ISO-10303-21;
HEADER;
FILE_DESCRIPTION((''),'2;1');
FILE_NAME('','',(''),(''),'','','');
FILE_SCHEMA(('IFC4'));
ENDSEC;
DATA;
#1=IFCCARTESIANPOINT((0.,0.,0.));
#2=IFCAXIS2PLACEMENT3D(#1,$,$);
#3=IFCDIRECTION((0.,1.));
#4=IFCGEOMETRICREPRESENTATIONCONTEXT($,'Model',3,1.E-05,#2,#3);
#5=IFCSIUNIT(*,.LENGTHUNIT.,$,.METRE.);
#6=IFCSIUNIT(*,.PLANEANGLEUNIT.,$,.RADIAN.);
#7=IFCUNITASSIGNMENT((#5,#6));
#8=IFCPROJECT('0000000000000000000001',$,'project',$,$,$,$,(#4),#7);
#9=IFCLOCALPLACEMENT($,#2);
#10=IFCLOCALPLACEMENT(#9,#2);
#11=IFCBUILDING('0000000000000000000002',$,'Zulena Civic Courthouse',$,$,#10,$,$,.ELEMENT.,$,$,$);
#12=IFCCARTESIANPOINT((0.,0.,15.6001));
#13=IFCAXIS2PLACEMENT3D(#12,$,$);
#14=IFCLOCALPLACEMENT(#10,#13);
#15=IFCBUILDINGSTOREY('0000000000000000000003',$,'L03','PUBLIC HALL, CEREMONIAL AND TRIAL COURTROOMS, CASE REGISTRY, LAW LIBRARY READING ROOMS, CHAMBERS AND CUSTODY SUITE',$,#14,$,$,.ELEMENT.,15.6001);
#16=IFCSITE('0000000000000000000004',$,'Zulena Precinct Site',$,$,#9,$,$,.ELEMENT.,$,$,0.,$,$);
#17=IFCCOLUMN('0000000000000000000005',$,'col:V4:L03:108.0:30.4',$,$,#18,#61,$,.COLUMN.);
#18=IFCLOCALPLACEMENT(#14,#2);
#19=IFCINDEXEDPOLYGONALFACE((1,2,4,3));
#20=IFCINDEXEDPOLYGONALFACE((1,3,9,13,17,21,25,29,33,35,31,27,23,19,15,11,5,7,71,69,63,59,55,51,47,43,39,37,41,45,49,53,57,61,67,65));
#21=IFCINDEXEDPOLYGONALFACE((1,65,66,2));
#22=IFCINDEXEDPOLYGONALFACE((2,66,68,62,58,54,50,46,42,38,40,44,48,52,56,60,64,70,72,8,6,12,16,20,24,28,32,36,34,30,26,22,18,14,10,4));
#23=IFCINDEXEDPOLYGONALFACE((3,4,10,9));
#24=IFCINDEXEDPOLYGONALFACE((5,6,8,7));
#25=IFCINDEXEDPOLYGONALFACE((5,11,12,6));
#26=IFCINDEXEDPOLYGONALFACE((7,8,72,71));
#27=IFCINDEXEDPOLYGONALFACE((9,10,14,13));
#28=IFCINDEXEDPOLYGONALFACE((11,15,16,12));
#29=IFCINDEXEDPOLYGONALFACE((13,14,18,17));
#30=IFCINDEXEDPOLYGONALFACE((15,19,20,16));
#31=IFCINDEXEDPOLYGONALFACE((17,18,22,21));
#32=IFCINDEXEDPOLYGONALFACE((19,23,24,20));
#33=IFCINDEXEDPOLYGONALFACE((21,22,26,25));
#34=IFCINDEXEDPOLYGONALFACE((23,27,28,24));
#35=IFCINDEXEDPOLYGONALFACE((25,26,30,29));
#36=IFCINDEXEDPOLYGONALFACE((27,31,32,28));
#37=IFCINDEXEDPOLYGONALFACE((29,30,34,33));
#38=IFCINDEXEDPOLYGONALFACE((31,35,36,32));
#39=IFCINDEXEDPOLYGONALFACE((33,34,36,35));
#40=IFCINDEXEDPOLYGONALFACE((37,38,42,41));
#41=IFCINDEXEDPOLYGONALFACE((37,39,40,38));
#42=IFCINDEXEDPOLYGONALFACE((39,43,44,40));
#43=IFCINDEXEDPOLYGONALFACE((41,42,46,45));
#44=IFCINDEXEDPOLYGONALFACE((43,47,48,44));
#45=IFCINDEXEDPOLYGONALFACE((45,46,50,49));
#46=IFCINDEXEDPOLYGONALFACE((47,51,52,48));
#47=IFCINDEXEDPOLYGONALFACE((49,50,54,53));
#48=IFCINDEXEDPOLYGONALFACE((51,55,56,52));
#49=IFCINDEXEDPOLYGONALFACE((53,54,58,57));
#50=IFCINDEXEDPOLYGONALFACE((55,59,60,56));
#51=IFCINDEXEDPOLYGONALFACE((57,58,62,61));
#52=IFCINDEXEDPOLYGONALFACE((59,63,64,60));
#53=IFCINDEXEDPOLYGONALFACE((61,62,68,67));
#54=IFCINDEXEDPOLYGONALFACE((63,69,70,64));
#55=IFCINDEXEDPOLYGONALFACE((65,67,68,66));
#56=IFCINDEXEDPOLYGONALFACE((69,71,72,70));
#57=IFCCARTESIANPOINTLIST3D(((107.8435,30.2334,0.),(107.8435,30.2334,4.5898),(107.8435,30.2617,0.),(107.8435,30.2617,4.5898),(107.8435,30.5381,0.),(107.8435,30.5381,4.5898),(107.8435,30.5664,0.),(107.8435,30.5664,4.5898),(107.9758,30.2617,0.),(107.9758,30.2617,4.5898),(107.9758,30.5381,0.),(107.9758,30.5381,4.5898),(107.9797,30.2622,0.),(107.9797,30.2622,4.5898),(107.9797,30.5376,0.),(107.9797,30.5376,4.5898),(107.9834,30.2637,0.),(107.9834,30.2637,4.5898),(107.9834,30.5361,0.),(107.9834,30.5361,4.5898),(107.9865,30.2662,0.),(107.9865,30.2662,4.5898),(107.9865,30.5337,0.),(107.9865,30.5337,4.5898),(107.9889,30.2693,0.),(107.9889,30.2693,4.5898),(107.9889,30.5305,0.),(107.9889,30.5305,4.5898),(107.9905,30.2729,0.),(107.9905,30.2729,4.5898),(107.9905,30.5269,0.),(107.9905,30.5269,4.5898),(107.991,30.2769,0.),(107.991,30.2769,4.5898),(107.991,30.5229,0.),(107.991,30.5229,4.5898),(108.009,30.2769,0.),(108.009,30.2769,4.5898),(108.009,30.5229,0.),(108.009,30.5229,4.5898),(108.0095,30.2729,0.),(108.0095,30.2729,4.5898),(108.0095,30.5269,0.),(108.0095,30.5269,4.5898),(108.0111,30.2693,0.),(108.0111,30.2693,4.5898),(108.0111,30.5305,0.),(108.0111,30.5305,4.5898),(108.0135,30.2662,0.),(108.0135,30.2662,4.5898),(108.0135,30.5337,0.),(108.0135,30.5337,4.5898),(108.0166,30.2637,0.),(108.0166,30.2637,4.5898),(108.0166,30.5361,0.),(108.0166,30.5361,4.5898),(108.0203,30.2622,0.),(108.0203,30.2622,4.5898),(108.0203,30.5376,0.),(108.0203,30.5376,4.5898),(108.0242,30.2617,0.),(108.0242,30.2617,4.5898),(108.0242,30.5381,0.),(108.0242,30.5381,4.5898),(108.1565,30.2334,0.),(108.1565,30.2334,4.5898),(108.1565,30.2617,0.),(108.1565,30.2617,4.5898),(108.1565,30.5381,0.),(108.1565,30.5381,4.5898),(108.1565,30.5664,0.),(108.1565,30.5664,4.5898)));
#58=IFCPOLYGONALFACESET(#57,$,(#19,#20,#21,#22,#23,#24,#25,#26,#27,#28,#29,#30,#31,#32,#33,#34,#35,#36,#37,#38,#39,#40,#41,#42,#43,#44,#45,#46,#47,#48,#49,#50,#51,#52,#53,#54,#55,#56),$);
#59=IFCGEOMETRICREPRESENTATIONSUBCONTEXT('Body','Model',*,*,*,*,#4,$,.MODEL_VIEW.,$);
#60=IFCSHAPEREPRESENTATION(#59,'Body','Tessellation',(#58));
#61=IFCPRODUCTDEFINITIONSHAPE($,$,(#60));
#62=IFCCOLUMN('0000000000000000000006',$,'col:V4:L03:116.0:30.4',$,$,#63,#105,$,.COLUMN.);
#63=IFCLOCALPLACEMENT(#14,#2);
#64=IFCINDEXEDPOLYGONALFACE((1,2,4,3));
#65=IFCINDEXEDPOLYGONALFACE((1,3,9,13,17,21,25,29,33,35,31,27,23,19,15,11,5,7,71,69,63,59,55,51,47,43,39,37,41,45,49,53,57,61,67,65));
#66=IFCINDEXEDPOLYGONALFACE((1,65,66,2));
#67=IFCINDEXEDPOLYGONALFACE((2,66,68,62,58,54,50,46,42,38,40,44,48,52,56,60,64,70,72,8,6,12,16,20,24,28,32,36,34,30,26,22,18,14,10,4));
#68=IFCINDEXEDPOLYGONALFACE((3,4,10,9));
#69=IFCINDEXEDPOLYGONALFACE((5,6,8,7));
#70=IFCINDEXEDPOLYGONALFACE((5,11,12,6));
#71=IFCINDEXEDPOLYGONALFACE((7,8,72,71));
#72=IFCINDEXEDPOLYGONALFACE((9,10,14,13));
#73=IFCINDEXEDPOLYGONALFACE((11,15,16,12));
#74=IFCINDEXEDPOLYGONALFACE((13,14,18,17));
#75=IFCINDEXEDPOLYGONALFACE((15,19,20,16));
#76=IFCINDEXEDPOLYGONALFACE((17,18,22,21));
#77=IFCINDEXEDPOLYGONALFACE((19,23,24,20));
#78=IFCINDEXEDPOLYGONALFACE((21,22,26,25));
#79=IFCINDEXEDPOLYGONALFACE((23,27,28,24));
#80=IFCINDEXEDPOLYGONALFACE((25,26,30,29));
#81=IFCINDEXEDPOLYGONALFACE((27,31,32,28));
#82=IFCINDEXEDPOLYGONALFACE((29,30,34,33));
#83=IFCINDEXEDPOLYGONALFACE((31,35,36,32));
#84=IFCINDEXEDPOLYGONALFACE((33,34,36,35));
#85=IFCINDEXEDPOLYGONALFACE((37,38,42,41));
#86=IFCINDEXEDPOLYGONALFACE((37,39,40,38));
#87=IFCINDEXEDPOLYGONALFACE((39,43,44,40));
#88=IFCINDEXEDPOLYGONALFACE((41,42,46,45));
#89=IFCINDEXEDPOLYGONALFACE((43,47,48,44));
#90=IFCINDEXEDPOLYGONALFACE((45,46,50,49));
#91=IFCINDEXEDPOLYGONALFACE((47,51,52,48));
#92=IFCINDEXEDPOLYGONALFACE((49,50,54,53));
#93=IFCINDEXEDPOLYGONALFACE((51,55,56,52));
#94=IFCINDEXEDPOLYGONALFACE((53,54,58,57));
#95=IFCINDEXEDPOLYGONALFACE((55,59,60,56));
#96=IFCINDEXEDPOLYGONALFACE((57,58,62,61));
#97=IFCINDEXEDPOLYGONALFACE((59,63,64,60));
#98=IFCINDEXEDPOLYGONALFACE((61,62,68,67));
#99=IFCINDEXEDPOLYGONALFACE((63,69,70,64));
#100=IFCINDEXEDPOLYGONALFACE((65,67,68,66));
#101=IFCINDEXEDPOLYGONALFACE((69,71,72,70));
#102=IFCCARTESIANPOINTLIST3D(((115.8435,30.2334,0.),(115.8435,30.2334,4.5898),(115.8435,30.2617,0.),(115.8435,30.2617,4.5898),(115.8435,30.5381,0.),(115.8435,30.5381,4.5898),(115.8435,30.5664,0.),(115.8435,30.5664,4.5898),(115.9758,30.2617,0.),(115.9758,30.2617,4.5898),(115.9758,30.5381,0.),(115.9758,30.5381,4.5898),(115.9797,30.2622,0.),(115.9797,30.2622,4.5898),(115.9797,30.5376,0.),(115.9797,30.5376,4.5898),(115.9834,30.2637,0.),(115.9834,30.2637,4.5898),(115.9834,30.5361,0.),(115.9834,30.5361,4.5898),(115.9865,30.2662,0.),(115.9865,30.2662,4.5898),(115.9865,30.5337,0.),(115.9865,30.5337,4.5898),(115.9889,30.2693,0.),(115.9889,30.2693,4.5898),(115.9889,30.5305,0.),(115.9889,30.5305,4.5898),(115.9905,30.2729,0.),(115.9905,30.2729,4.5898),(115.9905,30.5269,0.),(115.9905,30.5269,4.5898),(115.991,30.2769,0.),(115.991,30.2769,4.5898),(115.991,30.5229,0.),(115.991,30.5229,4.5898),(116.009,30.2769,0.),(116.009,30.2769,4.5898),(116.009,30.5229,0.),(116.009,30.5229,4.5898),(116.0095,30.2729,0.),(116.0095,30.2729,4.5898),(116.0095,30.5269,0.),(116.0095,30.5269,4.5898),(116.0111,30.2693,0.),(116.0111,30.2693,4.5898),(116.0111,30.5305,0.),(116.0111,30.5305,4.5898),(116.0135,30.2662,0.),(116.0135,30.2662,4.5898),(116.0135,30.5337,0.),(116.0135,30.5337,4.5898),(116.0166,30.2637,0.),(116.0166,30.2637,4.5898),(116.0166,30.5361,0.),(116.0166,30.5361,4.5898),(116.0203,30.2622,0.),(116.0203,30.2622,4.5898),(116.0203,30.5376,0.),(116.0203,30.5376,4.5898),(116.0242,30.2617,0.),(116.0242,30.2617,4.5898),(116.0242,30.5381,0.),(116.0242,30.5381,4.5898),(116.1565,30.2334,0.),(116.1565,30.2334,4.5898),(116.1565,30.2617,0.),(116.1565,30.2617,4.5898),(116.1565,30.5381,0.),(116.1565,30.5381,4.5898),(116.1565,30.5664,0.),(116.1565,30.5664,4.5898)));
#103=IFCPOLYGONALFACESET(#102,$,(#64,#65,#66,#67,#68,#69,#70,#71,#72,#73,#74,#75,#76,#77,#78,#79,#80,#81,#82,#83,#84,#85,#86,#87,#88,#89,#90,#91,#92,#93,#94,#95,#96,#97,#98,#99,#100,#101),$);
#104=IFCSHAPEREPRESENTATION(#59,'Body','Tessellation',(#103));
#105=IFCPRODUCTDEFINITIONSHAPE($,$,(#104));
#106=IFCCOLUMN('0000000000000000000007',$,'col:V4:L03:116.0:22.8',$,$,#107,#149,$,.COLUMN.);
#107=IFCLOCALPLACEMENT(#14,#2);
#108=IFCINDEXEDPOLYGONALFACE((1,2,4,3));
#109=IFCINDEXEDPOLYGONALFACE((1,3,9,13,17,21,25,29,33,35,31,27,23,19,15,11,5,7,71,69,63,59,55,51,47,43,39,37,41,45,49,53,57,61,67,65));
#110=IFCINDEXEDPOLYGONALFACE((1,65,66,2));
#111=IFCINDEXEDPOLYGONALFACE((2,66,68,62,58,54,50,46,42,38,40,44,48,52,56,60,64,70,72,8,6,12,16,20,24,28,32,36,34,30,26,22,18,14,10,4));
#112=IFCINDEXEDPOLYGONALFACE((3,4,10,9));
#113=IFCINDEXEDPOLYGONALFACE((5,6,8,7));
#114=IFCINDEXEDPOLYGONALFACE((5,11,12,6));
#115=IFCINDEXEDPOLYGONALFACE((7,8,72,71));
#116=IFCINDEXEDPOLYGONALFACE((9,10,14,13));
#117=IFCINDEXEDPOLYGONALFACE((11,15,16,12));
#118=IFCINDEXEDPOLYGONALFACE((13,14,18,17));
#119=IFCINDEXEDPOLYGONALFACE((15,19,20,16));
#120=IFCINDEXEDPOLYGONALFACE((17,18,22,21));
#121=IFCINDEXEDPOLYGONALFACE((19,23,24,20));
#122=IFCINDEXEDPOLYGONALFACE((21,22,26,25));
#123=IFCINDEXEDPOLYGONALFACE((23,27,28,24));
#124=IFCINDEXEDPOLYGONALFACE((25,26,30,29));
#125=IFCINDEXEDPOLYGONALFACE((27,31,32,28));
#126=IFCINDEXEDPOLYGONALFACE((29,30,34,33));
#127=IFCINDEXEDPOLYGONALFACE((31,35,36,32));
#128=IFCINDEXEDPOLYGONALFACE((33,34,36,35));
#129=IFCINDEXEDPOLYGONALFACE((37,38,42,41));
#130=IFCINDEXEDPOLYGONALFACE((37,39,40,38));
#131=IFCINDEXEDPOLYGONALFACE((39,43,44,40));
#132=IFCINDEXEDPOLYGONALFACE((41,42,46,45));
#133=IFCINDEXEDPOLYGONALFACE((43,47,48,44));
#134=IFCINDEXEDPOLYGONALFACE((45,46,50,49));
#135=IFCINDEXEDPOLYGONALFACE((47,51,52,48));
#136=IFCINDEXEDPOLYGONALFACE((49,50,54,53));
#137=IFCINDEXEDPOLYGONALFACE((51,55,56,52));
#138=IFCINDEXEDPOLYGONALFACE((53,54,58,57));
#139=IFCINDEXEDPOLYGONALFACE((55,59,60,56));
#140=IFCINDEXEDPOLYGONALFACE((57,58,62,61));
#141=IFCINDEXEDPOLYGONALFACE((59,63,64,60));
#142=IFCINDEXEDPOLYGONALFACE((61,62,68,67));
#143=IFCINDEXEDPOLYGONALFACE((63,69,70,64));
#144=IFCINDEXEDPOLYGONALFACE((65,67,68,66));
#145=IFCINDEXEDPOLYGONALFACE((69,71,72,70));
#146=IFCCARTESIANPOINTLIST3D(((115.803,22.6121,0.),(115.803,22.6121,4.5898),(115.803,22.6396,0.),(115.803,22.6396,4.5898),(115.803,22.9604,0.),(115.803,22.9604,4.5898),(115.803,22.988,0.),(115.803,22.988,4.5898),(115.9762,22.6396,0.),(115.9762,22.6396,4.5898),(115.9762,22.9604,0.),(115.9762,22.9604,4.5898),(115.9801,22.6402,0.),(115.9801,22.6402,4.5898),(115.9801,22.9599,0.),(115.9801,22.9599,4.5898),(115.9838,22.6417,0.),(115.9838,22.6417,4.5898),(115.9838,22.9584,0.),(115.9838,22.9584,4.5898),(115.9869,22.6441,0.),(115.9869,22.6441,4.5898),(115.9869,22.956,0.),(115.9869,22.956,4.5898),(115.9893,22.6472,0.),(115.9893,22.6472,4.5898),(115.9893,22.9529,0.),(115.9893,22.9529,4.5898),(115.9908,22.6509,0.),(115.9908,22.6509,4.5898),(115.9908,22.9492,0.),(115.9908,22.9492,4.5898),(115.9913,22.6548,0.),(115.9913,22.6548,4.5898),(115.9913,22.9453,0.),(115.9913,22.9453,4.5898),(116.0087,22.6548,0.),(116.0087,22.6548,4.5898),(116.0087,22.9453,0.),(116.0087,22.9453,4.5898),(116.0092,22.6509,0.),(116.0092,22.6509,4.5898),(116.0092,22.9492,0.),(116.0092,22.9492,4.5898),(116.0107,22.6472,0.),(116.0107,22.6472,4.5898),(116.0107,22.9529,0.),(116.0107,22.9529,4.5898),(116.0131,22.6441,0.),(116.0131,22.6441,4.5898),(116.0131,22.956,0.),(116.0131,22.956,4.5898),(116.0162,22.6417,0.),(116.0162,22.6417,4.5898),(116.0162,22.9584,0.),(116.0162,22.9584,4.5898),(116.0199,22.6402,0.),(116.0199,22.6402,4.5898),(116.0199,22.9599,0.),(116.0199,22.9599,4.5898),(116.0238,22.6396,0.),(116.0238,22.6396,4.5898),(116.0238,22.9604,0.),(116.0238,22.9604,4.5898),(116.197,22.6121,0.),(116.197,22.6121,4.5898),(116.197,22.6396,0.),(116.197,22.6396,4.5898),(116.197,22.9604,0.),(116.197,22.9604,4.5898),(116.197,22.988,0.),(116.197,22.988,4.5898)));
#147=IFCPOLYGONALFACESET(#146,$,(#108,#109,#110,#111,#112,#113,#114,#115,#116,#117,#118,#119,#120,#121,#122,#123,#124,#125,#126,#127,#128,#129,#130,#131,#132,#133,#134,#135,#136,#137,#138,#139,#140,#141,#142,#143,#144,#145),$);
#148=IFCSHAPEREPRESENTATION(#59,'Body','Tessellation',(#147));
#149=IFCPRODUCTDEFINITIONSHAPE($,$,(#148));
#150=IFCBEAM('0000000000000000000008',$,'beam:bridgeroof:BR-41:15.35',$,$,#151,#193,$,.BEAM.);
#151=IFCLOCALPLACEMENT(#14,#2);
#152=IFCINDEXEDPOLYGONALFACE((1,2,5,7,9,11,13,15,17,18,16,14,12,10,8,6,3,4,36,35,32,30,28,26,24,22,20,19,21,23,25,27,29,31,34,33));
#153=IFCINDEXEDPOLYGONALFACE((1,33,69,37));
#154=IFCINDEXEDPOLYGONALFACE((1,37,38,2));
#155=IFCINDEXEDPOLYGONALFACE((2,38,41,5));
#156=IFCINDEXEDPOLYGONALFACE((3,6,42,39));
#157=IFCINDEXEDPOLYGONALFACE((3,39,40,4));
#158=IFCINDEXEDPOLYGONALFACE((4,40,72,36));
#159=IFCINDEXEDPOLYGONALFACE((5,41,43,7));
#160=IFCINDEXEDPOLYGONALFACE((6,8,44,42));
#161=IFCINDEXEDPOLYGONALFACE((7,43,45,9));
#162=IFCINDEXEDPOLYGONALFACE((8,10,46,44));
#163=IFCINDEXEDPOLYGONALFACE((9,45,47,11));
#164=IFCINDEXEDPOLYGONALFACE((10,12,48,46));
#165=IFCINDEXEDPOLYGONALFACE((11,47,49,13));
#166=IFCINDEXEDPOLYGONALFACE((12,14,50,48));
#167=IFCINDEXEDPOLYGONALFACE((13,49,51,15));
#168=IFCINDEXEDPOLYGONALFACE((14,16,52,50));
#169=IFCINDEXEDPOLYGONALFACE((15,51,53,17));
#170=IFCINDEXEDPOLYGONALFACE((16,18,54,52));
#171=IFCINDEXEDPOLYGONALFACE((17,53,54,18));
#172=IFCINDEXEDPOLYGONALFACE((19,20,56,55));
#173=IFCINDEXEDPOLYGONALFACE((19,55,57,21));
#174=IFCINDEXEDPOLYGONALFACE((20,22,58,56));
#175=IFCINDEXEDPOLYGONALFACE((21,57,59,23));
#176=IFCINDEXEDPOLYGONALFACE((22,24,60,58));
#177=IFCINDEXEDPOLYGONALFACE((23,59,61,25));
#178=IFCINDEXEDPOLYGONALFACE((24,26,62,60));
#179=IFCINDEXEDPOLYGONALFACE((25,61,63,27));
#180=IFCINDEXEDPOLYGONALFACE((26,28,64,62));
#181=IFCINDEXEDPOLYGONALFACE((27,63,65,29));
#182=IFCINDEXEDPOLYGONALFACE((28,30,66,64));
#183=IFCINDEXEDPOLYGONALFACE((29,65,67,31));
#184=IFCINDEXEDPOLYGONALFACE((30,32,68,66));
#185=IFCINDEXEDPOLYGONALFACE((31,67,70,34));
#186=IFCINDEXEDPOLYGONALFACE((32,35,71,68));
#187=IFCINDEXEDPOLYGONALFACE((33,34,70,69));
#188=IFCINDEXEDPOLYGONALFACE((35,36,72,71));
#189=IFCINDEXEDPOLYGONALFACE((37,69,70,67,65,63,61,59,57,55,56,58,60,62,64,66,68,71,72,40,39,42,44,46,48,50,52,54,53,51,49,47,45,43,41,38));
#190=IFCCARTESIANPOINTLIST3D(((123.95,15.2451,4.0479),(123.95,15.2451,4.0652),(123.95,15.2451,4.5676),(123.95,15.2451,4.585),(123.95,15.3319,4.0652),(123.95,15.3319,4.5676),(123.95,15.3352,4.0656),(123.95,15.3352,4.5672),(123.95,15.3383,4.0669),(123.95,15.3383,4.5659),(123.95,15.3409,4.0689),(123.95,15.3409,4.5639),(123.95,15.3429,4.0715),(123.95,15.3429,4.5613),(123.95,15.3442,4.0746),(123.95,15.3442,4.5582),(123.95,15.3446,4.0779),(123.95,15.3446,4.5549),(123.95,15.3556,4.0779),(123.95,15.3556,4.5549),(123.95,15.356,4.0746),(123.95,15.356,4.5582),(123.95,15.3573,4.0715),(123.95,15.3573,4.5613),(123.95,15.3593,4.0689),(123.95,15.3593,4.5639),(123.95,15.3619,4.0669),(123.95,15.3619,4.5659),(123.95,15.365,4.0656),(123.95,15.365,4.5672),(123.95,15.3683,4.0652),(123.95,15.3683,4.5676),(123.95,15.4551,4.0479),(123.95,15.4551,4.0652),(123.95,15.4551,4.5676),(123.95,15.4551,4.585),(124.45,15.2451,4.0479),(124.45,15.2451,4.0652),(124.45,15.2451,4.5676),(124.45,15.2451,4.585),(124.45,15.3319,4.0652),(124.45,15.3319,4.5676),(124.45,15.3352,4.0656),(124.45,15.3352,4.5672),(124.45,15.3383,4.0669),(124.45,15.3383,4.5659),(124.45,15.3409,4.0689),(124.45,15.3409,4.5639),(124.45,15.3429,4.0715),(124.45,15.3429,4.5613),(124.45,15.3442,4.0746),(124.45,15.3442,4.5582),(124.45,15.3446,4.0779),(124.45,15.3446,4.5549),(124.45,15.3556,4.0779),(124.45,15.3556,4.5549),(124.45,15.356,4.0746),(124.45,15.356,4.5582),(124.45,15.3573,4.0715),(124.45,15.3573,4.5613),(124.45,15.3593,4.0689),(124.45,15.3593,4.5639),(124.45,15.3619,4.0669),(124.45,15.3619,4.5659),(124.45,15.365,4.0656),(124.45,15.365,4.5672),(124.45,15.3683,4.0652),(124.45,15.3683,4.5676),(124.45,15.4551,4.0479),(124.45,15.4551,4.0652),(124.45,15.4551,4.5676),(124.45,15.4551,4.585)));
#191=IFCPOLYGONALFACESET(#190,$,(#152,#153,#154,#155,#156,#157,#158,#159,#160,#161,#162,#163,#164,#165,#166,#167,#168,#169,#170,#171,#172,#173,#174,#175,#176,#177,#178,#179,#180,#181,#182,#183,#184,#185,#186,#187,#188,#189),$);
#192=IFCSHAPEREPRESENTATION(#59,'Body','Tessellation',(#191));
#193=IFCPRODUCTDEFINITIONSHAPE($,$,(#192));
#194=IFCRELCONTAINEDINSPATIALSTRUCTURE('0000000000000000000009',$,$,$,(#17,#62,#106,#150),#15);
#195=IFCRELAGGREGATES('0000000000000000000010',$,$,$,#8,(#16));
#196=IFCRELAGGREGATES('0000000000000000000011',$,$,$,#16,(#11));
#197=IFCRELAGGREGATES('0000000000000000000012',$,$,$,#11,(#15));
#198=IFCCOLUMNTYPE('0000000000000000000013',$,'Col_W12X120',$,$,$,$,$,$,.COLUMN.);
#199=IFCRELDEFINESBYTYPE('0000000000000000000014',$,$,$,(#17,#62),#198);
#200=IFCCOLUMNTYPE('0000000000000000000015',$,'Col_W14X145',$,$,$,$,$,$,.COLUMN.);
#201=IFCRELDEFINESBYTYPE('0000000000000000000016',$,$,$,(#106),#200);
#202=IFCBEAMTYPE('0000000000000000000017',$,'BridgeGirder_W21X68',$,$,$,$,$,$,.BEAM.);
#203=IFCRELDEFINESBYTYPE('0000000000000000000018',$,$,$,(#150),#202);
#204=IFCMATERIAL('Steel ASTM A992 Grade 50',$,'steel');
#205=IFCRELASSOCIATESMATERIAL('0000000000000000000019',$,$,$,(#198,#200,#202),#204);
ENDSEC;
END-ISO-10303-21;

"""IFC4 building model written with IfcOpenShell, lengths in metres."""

from ifc_helpers import new_model, si_unit, direction, frame, origin, origin_2d, place, context, subcontext, project, spatial, i_section, extrude, material, material_profile, profile_set, type_object, element, save


model = new_model("IFC4")

# Units and contexts
model_context = context("Model", 3, precision=1e-05, world=origin(), true_north=direction((0.0, 1.0)))
body_context = subcontext(model_context, "Body", "Model", "MODEL_VIEW")
ifc_project = project(units=[si_unit("LENGTHUNIT", "METRE"), si_unit("PLANEANGLEUNIT", "RADIAN")], contexts=[model_context])

# Site, building, storey
site_placement = place(None, origin())
site = spatial("IfcSite", under=ifc_project, at=site_placement, Name="Zulena Precinct Site", CompositionType="ELEMENT", RefElevation=0.0)
building_placement = place(site_placement, origin())
building = spatial("IfcBuilding", under=site, at=building_placement, Name="Zulena Civic Courthouse", CompositionType="ELEMENT")
storey_placement = place(building_placement, frame((0.0, 0.0, 15.6001)))
storey = spatial("IfcBuildingStorey", under=building, at=storey_placement, Name="L03", Description="PUBLIC HALL, CEREMONIAL AND TRIAL COURTROOMS, CASE REGISTRY, LAW LIBRARY READING ROOMS, CHAMBERS AND CUSTODY SUITE", CompositionType="ELEMENT", Elevation=15.6001)

# Columns
ifc_material_1 = material(Name="Steel ASTM A992 Grade 50", Category="steel")
ifc_material_profile_1 = material_profile(ifc_material_1, i_section(OverallWidth=0.313, OverallDepth=0.333, WebThickness=0.0181, FlangeThickness=0.0283, FilletRadius=0.0151, at=origin_2d()), Name="W12X120")
ifc_profile_set_1 = profile_set([ifc_material_profile_1], Name="Steel ASTM A992 Grade 50")
column_type_1 = type_object("IfcColumnType", Name="Col_W12X120", PredefinedType="COLUMN", material=ifc_profile_set_1)
for number, where, z_axis, x_axis, name in (
    (1, (108.0, 30.3999, 0.0), (0.0, 0.0, 1.0), (1.0, 0.0, 0.0), "col:V4:L03:108.0:30.4"),
    (2, (116.0, 30.3999, 0.0), (0.0, 0.0, 1.0), (1.0, 0.0, 0.0), "col:V4:L03:116.0:30.4"),
):
    element("IfcColumn", number, at=place(storey_placement, frame(where, z_axis=z_axis, x_axis=x_axis)), inside=storey, type_object=column_type_1, Name=name, PredefinedType="COLUMN", context=body_context, shape_type="SweptSolid", body=[
        extrude(i_section(OverallWidth=0.313, OverallDepth=0.333, WebThickness=0.0181, FlangeThickness=0.0283, FilletRadius=0.0151, at=origin_2d()), origin(), (0.0, 0.0, 1.0), 4.5898),
    ])
ifc_material_profile_2 = material_profile(ifc_material_1, i_section(OverallWidth=0.394, OverallDepth=0.376, WebThickness=0.0173, FlangeThickness=0.0276, FilletRadius=0.0151, at=origin_2d()), Name="W14X145")
ifc_profile_set_2 = profile_set([ifc_material_profile_2], Name="Steel ASTM A992 Grade 50")
column_type_2 = type_object("IfcColumnType", Name="Col_W14X145", PredefinedType="COLUMN", material=ifc_profile_set_2)
column_placement = place(storey_placement, frame((116.0, 22.8, 0.0), z_axis=(0.0, 0.0, 1.0), x_axis=(1.0, 0.0, 0.0)))
element("IfcColumn", 3, at=column_placement, inside=storey, type_object=column_type_2, Name="col:V4:L03:116.0:22.8", PredefinedType="COLUMN", context=body_context, shape_type="SweptSolid", body=[
    extrude(i_section(OverallWidth=0.394, OverallDepth=0.376, WebThickness=0.0173, FlangeThickness=0.0276, FilletRadius=0.0151, at=origin_2d()), origin(), (0.0, 0.0, 1.0), 4.5898),
])

# Beam
ifc_material_profile_3 = material_profile(ifc_material_1, i_section(OverallWidth=0.21, OverallDepth=0.5371, WebThickness=0.011, FlangeThickness=0.0173, FilletRadius=0.0127, at=origin_2d()), Name="W21X68")
ifc_profile_set_3 = profile_set([ifc_material_profile_3], Name="Steel ASTM A992 Grade 50")
beam_type_1 = type_object("IfcBeamType", Name="BridgeGirder_W21X68", PredefinedType="BEAM", material=ifc_profile_set_3)
for number, where, z_axis, x_axis, name in (
    (4, (123.95, 15.3501, 4.3164), (1.0, 0.0, 0.0), (0.0, 1.0, 0.0), "beam:bridgeroof:BR-41:15.35"),
):
    element("IfcBeam", number, at=place(storey_placement, frame(where, z_axis=z_axis, x_axis=x_axis)), inside=storey, type_object=beam_type_1, Name=name, PredefinedType="BEAM", context=body_context, shape_type="SweptSolid", body=[
        extrude(i_section(OverallWidth=0.21, OverallDepth=0.5371, WebThickness=0.011, FlangeThickness=0.0173, FilletRadius=0.0127, at=origin_2d()), origin(), (0.0, 0.0, 1.0), 0.5),
    ])

save(model, "model.ifc")
